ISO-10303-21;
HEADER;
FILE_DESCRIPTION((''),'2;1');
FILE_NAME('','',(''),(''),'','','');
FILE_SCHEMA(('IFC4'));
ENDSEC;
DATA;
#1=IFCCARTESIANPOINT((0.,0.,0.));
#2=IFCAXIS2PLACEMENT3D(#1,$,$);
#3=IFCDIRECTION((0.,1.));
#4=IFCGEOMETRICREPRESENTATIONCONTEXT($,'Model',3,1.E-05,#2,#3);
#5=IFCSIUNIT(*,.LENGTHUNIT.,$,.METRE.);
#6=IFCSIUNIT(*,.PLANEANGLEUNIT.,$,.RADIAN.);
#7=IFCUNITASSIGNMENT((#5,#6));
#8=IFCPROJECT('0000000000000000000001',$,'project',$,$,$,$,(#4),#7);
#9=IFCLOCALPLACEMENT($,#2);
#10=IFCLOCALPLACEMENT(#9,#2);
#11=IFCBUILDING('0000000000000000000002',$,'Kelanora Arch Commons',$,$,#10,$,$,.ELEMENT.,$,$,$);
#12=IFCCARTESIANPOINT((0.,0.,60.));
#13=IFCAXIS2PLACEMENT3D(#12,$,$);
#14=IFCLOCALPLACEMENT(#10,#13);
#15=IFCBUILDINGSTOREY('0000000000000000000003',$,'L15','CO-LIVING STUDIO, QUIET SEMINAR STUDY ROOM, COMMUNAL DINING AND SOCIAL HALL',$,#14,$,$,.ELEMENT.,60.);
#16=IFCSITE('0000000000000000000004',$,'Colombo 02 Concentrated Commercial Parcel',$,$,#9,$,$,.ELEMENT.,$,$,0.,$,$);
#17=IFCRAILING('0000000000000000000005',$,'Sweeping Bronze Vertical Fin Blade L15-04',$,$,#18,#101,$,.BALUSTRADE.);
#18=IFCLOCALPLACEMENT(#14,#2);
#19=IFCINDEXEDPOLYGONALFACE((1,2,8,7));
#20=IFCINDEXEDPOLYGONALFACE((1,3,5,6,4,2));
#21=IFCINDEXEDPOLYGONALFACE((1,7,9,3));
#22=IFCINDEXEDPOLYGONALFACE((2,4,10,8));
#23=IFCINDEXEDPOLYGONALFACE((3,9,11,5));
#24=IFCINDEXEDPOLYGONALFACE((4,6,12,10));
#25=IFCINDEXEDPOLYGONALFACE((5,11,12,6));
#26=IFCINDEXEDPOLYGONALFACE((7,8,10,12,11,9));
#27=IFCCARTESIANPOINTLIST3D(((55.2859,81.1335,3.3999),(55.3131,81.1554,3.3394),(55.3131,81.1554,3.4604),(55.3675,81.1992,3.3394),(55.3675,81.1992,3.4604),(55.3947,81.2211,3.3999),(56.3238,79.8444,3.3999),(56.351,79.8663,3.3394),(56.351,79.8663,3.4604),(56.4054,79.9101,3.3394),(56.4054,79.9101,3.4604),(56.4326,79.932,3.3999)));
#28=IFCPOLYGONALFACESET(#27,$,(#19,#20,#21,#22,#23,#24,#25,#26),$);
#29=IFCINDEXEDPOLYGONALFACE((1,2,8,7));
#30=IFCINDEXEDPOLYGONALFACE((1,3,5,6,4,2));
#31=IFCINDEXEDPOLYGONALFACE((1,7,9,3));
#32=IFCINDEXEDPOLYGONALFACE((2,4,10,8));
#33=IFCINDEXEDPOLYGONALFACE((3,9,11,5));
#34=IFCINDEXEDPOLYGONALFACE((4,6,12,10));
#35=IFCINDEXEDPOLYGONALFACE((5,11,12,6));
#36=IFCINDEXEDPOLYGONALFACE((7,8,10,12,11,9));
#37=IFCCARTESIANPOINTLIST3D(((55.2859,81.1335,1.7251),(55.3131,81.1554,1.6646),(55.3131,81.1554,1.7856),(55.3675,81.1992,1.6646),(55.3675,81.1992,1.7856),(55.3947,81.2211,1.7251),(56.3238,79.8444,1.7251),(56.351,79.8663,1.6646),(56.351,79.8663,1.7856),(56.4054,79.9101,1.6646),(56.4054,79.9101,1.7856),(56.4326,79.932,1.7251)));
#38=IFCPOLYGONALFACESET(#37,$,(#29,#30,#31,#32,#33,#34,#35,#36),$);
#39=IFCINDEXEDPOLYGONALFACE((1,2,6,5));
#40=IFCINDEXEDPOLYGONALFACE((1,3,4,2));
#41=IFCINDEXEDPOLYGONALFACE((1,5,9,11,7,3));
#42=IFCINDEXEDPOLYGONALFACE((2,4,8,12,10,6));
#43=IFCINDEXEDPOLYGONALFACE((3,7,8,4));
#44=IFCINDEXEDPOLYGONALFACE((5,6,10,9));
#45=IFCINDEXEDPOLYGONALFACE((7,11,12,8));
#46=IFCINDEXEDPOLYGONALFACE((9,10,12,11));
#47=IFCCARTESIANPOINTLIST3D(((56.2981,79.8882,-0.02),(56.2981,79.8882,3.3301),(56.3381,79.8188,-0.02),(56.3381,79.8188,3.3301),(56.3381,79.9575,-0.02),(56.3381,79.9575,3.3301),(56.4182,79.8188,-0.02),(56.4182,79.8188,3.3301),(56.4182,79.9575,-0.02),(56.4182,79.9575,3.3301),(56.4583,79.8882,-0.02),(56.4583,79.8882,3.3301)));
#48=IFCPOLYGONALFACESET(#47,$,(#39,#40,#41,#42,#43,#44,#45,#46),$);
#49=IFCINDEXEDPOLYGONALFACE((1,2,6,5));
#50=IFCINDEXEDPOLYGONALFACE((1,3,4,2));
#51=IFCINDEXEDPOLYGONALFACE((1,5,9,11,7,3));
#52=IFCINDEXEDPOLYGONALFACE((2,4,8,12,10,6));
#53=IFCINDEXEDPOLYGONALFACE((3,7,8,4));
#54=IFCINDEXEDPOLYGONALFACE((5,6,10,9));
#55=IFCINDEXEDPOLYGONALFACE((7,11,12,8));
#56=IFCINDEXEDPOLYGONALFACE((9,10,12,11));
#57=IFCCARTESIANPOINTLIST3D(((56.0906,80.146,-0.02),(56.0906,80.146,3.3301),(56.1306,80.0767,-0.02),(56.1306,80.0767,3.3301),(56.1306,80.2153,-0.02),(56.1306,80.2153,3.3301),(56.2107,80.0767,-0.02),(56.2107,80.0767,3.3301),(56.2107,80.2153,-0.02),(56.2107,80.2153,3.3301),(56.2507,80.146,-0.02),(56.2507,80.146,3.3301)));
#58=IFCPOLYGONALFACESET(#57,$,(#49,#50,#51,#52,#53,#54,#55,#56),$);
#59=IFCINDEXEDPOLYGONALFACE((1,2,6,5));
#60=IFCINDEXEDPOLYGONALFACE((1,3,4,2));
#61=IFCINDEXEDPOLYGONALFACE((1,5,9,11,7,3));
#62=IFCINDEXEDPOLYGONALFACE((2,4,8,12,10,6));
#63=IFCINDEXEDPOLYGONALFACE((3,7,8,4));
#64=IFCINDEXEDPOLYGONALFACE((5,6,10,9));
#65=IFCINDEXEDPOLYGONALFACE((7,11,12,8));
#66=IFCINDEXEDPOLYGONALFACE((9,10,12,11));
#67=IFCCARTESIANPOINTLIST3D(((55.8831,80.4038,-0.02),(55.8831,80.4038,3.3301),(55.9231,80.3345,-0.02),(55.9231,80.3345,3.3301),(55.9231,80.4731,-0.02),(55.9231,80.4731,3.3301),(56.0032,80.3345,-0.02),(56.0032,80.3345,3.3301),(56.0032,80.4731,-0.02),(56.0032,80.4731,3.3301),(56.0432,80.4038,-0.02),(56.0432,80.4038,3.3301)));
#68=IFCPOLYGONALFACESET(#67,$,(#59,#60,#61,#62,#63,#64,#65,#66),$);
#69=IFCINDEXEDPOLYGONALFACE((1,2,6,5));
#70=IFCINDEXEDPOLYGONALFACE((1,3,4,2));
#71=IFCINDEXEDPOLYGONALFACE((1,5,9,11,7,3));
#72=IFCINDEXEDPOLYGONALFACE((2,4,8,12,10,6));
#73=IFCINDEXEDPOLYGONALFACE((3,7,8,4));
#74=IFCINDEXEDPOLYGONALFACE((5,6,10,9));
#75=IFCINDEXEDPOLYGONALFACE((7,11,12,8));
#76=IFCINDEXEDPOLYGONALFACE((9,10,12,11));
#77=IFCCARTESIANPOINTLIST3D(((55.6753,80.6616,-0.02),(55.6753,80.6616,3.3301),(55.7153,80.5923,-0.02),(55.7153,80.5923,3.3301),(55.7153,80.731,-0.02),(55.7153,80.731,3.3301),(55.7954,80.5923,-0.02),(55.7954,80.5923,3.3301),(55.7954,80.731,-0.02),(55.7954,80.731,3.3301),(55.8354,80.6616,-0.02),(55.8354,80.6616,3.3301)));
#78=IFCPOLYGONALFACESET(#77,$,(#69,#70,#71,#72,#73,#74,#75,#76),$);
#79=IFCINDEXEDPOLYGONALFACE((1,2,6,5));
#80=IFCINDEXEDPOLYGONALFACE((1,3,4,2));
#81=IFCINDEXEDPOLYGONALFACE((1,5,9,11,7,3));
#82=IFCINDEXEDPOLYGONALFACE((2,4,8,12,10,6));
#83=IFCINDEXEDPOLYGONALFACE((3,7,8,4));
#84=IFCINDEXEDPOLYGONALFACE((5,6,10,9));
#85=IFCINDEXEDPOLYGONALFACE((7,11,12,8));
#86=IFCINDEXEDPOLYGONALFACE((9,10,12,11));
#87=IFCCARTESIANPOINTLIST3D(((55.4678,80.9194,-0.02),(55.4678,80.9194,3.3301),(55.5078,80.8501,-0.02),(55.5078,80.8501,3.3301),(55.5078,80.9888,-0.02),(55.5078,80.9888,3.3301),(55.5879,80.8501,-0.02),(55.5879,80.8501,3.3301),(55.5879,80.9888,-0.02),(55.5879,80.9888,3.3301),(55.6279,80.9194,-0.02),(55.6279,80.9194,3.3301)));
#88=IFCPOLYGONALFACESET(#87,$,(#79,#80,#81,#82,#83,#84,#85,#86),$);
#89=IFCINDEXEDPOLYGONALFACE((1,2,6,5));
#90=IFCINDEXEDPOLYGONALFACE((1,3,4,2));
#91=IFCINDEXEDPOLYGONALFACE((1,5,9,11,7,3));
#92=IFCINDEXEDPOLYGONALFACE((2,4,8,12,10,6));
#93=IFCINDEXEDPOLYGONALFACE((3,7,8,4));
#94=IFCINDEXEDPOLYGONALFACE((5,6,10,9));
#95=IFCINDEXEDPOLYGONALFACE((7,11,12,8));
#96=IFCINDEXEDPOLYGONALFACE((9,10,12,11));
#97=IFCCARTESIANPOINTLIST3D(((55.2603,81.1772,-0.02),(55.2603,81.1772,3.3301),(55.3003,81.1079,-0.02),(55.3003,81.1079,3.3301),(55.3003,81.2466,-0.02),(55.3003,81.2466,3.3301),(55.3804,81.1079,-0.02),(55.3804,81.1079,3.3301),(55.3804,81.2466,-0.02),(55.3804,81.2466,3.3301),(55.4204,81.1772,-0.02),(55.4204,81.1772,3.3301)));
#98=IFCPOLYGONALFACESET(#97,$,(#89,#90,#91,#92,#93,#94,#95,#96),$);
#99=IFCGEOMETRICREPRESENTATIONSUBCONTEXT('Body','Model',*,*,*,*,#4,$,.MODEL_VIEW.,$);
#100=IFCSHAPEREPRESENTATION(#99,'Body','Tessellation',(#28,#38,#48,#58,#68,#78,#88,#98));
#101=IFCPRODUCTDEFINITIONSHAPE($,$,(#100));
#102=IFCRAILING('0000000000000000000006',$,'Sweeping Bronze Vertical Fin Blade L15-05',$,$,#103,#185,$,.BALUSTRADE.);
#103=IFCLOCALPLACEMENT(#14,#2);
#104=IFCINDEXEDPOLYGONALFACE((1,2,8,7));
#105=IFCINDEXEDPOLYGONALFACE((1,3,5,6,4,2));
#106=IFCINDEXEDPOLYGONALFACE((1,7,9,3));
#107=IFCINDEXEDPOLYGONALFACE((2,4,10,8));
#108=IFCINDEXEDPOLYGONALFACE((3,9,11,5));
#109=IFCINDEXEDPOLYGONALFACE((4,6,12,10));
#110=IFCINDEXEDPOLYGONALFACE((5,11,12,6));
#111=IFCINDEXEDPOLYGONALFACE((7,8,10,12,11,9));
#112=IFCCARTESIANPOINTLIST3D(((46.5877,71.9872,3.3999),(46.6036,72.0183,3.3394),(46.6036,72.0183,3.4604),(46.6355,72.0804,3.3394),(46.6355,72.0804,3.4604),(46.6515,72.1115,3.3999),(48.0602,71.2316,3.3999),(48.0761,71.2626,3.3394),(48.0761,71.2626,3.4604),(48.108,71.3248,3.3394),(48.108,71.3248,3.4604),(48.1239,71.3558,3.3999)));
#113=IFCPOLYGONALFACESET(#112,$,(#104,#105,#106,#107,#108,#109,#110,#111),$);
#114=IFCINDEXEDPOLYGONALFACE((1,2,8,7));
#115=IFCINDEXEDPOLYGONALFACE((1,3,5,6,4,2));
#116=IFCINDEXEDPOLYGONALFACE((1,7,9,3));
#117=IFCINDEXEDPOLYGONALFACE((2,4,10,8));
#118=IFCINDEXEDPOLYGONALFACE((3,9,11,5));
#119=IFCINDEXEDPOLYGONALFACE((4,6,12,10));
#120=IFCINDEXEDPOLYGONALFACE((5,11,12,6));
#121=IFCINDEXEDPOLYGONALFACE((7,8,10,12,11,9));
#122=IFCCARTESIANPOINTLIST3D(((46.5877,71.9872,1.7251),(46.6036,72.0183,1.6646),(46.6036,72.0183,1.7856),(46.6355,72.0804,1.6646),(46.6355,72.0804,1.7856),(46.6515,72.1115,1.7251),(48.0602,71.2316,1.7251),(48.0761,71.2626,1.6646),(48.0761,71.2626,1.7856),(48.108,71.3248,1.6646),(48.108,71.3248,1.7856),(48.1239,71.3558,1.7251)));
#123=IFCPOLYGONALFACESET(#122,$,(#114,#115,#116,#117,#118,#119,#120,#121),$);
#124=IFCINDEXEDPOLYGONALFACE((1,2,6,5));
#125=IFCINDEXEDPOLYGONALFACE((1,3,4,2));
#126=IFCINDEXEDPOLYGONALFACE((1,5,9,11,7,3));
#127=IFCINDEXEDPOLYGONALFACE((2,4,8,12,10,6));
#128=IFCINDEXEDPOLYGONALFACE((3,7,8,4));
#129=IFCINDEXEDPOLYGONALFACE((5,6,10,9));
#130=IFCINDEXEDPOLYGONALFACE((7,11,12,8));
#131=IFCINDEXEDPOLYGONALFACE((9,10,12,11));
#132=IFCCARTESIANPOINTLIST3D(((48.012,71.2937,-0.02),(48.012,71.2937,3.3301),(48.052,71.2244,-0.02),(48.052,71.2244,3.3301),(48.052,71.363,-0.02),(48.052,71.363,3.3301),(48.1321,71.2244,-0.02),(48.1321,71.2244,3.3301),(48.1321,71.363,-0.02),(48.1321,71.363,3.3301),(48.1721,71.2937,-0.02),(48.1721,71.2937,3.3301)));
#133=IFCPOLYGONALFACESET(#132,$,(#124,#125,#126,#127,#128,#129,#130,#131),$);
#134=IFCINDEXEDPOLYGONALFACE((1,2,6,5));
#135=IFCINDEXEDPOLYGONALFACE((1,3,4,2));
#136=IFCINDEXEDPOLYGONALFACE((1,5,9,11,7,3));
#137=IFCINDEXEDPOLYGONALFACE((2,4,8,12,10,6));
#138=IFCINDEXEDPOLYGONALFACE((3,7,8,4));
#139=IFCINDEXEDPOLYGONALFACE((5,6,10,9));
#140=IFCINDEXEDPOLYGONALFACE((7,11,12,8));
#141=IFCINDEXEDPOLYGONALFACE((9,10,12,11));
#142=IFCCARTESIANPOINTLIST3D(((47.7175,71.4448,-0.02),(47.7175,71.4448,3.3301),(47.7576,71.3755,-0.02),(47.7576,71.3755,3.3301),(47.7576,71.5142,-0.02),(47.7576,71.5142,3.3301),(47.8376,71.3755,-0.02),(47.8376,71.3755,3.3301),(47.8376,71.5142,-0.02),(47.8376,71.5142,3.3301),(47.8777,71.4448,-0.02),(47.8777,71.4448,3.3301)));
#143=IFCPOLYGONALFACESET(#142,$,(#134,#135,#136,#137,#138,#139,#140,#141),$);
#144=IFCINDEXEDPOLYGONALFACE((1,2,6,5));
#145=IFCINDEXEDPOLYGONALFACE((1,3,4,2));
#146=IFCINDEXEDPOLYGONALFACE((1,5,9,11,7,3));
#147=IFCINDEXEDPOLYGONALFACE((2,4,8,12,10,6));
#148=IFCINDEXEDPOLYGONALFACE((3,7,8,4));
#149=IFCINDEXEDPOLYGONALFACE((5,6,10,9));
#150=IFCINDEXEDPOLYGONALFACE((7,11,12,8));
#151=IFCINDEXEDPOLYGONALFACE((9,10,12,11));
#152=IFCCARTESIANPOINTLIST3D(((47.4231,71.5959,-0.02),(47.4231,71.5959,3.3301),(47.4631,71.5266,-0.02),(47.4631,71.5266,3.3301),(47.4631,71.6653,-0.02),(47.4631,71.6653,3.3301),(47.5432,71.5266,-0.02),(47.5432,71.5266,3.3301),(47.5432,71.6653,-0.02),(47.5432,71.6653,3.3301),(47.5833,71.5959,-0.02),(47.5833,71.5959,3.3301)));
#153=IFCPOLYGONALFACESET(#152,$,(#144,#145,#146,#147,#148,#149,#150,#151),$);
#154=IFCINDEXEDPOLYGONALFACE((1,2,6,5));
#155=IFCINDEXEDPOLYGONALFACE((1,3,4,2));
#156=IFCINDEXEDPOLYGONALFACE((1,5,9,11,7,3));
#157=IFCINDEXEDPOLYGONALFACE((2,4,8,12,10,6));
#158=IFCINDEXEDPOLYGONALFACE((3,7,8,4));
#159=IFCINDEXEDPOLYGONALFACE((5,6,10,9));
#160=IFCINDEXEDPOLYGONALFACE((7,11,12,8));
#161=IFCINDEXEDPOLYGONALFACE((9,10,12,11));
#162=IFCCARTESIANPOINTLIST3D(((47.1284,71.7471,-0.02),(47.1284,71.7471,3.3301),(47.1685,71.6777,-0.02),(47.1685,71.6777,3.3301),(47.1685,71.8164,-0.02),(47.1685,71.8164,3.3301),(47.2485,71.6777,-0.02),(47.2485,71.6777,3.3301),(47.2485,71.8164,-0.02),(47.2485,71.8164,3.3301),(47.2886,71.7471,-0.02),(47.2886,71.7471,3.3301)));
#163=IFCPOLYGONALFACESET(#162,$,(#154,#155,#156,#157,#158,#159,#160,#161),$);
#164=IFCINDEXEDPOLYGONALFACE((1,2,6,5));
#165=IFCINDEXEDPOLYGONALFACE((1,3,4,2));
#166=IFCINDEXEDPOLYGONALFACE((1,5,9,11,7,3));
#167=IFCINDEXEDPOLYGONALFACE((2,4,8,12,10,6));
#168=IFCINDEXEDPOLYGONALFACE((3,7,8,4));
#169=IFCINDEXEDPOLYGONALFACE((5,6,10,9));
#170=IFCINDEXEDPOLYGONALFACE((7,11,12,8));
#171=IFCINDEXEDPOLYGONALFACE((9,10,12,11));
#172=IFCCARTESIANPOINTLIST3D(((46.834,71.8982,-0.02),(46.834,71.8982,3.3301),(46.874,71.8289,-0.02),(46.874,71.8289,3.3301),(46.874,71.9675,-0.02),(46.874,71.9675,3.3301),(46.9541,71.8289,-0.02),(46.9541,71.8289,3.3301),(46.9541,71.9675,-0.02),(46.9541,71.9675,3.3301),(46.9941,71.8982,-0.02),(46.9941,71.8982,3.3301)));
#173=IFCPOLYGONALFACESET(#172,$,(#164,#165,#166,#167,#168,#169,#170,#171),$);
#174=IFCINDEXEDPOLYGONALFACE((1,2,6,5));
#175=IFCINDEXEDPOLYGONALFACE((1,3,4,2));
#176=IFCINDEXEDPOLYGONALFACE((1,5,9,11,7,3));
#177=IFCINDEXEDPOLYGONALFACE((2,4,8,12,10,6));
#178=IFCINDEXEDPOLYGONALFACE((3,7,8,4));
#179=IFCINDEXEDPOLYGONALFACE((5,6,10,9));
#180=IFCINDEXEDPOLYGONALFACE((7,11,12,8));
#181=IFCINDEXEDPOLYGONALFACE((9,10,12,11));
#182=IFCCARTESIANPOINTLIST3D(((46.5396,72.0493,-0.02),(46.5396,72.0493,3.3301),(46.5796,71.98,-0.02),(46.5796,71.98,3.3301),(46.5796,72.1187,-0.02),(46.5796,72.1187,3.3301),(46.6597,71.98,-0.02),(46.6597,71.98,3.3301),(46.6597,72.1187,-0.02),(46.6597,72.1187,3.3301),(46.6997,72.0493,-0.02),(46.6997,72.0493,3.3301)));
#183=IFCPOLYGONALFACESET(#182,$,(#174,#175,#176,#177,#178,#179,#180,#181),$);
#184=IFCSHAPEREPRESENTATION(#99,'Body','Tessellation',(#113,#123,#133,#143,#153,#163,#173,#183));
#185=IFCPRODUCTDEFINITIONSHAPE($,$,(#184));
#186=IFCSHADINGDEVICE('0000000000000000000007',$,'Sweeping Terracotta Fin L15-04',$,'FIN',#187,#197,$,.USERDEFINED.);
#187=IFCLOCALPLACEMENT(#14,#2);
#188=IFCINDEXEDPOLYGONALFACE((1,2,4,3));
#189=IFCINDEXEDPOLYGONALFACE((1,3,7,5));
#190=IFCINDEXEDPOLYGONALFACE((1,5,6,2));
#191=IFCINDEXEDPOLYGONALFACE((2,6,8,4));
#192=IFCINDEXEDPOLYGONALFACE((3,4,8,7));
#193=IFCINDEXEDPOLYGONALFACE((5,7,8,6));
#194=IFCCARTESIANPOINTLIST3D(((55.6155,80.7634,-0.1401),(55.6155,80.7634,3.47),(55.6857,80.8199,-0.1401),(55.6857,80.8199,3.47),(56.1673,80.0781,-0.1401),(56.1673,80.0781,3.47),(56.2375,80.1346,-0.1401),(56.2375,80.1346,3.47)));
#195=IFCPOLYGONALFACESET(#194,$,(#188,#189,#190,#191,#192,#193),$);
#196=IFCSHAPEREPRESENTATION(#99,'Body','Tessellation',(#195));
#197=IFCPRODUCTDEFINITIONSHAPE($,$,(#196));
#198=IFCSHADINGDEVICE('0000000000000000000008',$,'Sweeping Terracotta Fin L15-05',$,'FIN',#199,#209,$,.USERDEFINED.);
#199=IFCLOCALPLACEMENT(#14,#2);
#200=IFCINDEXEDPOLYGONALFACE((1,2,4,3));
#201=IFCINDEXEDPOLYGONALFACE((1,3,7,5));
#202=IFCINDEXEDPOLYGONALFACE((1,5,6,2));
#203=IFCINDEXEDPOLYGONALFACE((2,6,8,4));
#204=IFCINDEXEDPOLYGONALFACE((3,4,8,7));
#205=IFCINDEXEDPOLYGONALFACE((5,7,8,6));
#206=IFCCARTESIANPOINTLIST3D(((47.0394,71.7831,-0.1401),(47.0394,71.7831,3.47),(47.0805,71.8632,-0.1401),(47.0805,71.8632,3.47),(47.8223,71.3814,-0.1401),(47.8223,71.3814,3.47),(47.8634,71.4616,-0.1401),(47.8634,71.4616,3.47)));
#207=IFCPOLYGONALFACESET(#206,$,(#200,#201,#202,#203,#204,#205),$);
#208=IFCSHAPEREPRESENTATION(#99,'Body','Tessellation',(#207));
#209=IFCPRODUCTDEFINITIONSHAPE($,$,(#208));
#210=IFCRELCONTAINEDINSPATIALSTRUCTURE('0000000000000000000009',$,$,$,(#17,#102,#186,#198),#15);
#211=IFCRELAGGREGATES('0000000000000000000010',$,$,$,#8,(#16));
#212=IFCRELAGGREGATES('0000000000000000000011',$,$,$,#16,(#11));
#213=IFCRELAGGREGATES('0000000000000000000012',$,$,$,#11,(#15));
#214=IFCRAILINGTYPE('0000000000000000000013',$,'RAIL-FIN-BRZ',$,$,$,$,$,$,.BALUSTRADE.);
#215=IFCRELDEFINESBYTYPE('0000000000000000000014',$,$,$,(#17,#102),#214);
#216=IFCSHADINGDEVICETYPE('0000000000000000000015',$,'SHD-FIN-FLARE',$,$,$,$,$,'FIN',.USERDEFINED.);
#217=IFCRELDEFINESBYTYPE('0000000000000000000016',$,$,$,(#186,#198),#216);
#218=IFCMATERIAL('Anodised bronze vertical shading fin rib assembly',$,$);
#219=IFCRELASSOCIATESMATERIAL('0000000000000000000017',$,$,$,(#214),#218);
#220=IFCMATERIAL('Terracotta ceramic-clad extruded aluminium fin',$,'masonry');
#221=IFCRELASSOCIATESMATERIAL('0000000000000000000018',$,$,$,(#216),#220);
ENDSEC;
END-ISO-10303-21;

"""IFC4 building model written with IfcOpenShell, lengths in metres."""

from ifc_helpers import new_model, si_unit, direction, frame, origin, origin_2d, place, context, subcontext, project, spatial, polyline, rectangle, outline, extrude, source, transform, mapped, material, type_object, element, save


model = new_model("IFC4")

# Units and contexts
model_context = context("Model", 3, precision=1e-05, world=origin(), true_north=direction((0.0, 1.0)))
body_context = subcontext(model_context, "Body", "Model", "MODEL_VIEW")
ifc_project = project(units=[si_unit("LENGTHUNIT", "METRE"), si_unit("PLANEANGLEUNIT", "RADIAN")], contexts=[model_context])

# Site, building, storey
site_placement = place(None, origin())
site = spatial("IfcSite", under=ifc_project, at=site_placement, Name="Colombo 02 Concentrated Commercial Parcel", CompositionType="ELEMENT", RefElevation=0.0)
building_placement = place(site_placement, origin())
building = spatial("IfcBuilding", under=site, at=building_placement, Name="Kelanora Arch Commons", CompositionType="ELEMENT")
storey_placement = place(building_placement, frame((0.0, 0.0, 60.0)))
storey = spatial("IfcBuildingStorey", under=building, at=storey_placement, Name="L15", Description="CO-LIVING STUDIO, QUIET SEMINAR STUDY ROOM, COMMUNAL DINING AND SOCIAL HALL", CompositionType="ELEMENT", Elevation=60.0)

# Railings
ifc_material_1 = material(Name="Anodised bronze vertical shading fin rib assembly")
railing_type = type_object("IfcRailingType", Name="RAIL-FIN-BRZ", PredefinedType="BALUSTRADE", material=ifc_material_1)
railing_1_placement = place(storey_placement, frame((56.3782, 79.8882, -0.02)))
element("IfcRailing", 1, at=railing_1_placement, inside=storey, type_object=railing_type, Name="Sweeping Bronze Vertical Fin Blade L15-04", PredefinedType="BALUSTRADE", context=body_context, shape_type="SweptSolid", body=[
    extrude(outline(polyline([(0.0698, 0.0), (0.0349, 0.0605), (-0.0349, 0.0605), (-0.0698, 0.0), (-0.0349, -0.0605), (0.0349, -0.0605), (0.0698, 0.0)])), frame((0.0, 0.0, 3.4199), z_axis=(-0.627121, 0.778922, 0.0), x_axis=(-0.778922, -0.627121, 0.0)), (0.0, 0.0, 1.0), 1.655),
    extrude(outline(polyline([(0.0698, 0.0), (0.0349, 0.0605), (-0.0349, 0.0605), (-0.0698, 0.0), (-0.0349, -0.0605), (0.0349, -0.0605), (0.0698, 0.0)])), frame((0.0, 0.0, 1.7451), z_axis=(-0.627121, 0.778922, 0.0), x_axis=(-0.778922, -0.627121, 0.0)), (0.0, 0.0, 1.0), 1.655),
    extrude(outline(polyline([(0.0801, 0.0), (0.04, 0.0693), (-0.04, 0.0693), (-0.0801, 0.0), (-0.04, -0.0693), (0.04, -0.0693), (0.0801, 0.0)])), origin(), (0.0, 0.0, 1.0), 3.3501),
    extrude(outline(polyline([(0.0801, 0.0), (0.04, 0.0693), (-0.04, 0.0693), (-0.0801, 0.0), (-0.04, -0.0693), (0.04, -0.0693), (0.0801, 0.0)])), frame((-0.2075, 0.2578, 0.0)), (0.0, 0.0, 1.0), 3.3501),
    extrude(outline(polyline([(0.0801, 0.0), (0.04, 0.0693), (-0.04, 0.0693), (-0.0801, 0.0), (-0.04, -0.0693), (0.04, -0.0693), (0.0801, 0.0)])), frame((-0.415, 0.5156, 0.0)), (0.0, 0.0, 1.0), 3.3501),
    extrude(outline(polyline([(0.0801, 0.0), (0.04, 0.0693), (-0.04, 0.0693), (-0.0801, 0.0), (-0.04, -0.0693), (0.04, -0.0693), (0.0801, 0.0)])), frame((-0.6228, 0.7734, 0.0)), (0.0, 0.0, 1.0), 3.3501),
    extrude(outline(polyline([(0.0801, 0.0), (0.04, 0.0693), (-0.04, 0.0693), (-0.0801, 0.0), (-0.04, -0.0693), (0.04, -0.0693), (0.0801, 0.0)])), frame((-0.8303, 1.0312, 0.0)), (0.0, 0.0, 1.0), 3.3501),
    extrude(outline(polyline([(0.0801, 0.0), (0.04, 0.0693), (-0.04, 0.0693), (-0.0801, 0.0), (-0.04, -0.0693), (0.04, -0.0693), (0.0801, 0.0)])), frame((-1.0378, 1.2891, 0.0)), (0.0, 0.0, 1.0), 3.3501),
])
railing_2_placement = place(storey_placement, frame((48.092, 71.2937, -0.02)))
element("IfcRailing", 2, at=railing_2_placement, inside=storey, type_object=railing_type, Name="Sweeping Bronze Vertical Fin Blade L15-05", PredefinedType="BALUSTRADE", context=body_context, shape_type="SweptSolid", body=[
    extrude(outline(polyline([(0.0698, 0.0), (0.0349, 0.0605), (-0.0349, 0.0605), (-0.0698, 0.0), (-0.0349, -0.0605), (0.0349, -0.0605), (0.0698, 0.0)])), frame((0.0, 0.0, 3.4199), z_axis=(-0.889687, 0.456571, 0.0), x_axis=(-0.456571, -0.889687, 0.0)), (0.0, 0.0, 1.0), 1.655),
    extrude(outline(polyline([(0.0698, 0.0), (0.0349, 0.0605), (-0.0349, 0.0605), (-0.0698, 0.0), (-0.0349, -0.0605), (0.0349, -0.0605), (0.0698, 0.0)])), frame((0.0, 0.0, 1.7451), z_axis=(-0.889687, 0.456571, 0.0), x_axis=(-0.456571, -0.889687, 0.0)), (0.0, 0.0, 1.0), 1.655),
    extrude(outline(polyline([(0.0801, 0.0), (0.04, 0.0693), (-0.04, 0.0693), (-0.0801, 0.0), (-0.04, -0.0693), (0.04, -0.0693), (0.0801, 0.0)])), origin(), (0.0, 0.0, 1.0), 3.3501),
    extrude(outline(polyline([(0.0801, 0.0), (0.04, 0.0693), (-0.04, 0.0693), (-0.0801, 0.0), (-0.04, -0.0693), (0.04, -0.0693), (0.0801, 0.0)])), frame((-0.2944, 0.1511, 0.0)), (0.0, 0.0, 1.0), 3.3501),
    extrude(outline(polyline([(0.0801, 0.0), (0.04, 0.0693), (-0.04, 0.0693), (-0.0801, 0.0), (-0.04, -0.0693), (0.04, -0.0693), (0.0801, 0.0)])), frame((-0.5889, 0.3022, 0.0)), (0.0, 0.0, 1.0), 3.3501),
    extrude(outline(polyline([(0.0801, 0.0), (0.04, 0.0693), (-0.04, 0.0693), (-0.0801, 0.0), (-0.04, -0.0693), (0.04, -0.0693), (0.0801, 0.0)])), frame((-0.8835, 0.4534, 0.0)), (0.0, 0.0, 1.0), 3.3501),
    extrude(outline(polyline([(0.0801, 0.0), (0.04, 0.0693), (-0.04, 0.0693), (-0.0801, 0.0), (-0.04, -0.0693), (0.04, -0.0693), (0.0801, 0.0)])), frame((-1.178, 0.6045, 0.0)), (0.0, 0.0, 1.0), 3.3501),
    extrude(outline(polyline([(0.0801, 0.0), (0.04, 0.0693), (-0.04, 0.0693), (-0.0801, 0.0), (-0.04, -0.0693), (0.04, -0.0693), (0.0801, 0.0)])), frame((-1.4724, 0.7556, 0.0)), (0.0, 0.0, 1.0), 3.3501),
])

# Shading devices
ifc_material_2 = material(Name="Terracotta ceramic-clad extruded aluminium fin", Category="masonry")
shading_device_type = type_object("IfcShadingDeviceType", Name="SHD-FIN-FLARE", ElementType="FIN", PredefinedType="USERDEFINED", material=ifc_material_2)
shared_shape_1 = source(origin(), body_context, "Body", "SweptSolid", [
    extrude(rectangle(XDim=0.8799, YDim=0.0901, at=origin_2d()), origin(), (0.0, 0.0, 1.0), 3.6101),
])
for number, where, z_axis, x_axis, name in (
    (3, (55.9265, 80.449, -0.1401), (0.0, 0.0, 1.0), (-0.627148, 0.7789, 0.0), "Sweeping Terracotta Fin L15-04"),
    (4, (47.4514, 71.6223, -0.1401), (0.0, 0.0, 1.0), (-0.889735, 0.456477, 0.0), "Sweeping Terracotta Fin L15-05"),
):
    element("IfcShadingDevice", number, at=place(storey_placement, frame(where, z_axis=z_axis, x_axis=x_axis)), inside=storey, type_object=shading_device_type, Name=name, ObjectType="FIN", PredefinedType="USERDEFINED", context=body_context, shape_type="MappedRepresentation", body=[
        mapped(shared_shape_1, transform((0.0, 0.0, 0.0), scale=1.0)),
    ])

save(model, "model.ifc")
